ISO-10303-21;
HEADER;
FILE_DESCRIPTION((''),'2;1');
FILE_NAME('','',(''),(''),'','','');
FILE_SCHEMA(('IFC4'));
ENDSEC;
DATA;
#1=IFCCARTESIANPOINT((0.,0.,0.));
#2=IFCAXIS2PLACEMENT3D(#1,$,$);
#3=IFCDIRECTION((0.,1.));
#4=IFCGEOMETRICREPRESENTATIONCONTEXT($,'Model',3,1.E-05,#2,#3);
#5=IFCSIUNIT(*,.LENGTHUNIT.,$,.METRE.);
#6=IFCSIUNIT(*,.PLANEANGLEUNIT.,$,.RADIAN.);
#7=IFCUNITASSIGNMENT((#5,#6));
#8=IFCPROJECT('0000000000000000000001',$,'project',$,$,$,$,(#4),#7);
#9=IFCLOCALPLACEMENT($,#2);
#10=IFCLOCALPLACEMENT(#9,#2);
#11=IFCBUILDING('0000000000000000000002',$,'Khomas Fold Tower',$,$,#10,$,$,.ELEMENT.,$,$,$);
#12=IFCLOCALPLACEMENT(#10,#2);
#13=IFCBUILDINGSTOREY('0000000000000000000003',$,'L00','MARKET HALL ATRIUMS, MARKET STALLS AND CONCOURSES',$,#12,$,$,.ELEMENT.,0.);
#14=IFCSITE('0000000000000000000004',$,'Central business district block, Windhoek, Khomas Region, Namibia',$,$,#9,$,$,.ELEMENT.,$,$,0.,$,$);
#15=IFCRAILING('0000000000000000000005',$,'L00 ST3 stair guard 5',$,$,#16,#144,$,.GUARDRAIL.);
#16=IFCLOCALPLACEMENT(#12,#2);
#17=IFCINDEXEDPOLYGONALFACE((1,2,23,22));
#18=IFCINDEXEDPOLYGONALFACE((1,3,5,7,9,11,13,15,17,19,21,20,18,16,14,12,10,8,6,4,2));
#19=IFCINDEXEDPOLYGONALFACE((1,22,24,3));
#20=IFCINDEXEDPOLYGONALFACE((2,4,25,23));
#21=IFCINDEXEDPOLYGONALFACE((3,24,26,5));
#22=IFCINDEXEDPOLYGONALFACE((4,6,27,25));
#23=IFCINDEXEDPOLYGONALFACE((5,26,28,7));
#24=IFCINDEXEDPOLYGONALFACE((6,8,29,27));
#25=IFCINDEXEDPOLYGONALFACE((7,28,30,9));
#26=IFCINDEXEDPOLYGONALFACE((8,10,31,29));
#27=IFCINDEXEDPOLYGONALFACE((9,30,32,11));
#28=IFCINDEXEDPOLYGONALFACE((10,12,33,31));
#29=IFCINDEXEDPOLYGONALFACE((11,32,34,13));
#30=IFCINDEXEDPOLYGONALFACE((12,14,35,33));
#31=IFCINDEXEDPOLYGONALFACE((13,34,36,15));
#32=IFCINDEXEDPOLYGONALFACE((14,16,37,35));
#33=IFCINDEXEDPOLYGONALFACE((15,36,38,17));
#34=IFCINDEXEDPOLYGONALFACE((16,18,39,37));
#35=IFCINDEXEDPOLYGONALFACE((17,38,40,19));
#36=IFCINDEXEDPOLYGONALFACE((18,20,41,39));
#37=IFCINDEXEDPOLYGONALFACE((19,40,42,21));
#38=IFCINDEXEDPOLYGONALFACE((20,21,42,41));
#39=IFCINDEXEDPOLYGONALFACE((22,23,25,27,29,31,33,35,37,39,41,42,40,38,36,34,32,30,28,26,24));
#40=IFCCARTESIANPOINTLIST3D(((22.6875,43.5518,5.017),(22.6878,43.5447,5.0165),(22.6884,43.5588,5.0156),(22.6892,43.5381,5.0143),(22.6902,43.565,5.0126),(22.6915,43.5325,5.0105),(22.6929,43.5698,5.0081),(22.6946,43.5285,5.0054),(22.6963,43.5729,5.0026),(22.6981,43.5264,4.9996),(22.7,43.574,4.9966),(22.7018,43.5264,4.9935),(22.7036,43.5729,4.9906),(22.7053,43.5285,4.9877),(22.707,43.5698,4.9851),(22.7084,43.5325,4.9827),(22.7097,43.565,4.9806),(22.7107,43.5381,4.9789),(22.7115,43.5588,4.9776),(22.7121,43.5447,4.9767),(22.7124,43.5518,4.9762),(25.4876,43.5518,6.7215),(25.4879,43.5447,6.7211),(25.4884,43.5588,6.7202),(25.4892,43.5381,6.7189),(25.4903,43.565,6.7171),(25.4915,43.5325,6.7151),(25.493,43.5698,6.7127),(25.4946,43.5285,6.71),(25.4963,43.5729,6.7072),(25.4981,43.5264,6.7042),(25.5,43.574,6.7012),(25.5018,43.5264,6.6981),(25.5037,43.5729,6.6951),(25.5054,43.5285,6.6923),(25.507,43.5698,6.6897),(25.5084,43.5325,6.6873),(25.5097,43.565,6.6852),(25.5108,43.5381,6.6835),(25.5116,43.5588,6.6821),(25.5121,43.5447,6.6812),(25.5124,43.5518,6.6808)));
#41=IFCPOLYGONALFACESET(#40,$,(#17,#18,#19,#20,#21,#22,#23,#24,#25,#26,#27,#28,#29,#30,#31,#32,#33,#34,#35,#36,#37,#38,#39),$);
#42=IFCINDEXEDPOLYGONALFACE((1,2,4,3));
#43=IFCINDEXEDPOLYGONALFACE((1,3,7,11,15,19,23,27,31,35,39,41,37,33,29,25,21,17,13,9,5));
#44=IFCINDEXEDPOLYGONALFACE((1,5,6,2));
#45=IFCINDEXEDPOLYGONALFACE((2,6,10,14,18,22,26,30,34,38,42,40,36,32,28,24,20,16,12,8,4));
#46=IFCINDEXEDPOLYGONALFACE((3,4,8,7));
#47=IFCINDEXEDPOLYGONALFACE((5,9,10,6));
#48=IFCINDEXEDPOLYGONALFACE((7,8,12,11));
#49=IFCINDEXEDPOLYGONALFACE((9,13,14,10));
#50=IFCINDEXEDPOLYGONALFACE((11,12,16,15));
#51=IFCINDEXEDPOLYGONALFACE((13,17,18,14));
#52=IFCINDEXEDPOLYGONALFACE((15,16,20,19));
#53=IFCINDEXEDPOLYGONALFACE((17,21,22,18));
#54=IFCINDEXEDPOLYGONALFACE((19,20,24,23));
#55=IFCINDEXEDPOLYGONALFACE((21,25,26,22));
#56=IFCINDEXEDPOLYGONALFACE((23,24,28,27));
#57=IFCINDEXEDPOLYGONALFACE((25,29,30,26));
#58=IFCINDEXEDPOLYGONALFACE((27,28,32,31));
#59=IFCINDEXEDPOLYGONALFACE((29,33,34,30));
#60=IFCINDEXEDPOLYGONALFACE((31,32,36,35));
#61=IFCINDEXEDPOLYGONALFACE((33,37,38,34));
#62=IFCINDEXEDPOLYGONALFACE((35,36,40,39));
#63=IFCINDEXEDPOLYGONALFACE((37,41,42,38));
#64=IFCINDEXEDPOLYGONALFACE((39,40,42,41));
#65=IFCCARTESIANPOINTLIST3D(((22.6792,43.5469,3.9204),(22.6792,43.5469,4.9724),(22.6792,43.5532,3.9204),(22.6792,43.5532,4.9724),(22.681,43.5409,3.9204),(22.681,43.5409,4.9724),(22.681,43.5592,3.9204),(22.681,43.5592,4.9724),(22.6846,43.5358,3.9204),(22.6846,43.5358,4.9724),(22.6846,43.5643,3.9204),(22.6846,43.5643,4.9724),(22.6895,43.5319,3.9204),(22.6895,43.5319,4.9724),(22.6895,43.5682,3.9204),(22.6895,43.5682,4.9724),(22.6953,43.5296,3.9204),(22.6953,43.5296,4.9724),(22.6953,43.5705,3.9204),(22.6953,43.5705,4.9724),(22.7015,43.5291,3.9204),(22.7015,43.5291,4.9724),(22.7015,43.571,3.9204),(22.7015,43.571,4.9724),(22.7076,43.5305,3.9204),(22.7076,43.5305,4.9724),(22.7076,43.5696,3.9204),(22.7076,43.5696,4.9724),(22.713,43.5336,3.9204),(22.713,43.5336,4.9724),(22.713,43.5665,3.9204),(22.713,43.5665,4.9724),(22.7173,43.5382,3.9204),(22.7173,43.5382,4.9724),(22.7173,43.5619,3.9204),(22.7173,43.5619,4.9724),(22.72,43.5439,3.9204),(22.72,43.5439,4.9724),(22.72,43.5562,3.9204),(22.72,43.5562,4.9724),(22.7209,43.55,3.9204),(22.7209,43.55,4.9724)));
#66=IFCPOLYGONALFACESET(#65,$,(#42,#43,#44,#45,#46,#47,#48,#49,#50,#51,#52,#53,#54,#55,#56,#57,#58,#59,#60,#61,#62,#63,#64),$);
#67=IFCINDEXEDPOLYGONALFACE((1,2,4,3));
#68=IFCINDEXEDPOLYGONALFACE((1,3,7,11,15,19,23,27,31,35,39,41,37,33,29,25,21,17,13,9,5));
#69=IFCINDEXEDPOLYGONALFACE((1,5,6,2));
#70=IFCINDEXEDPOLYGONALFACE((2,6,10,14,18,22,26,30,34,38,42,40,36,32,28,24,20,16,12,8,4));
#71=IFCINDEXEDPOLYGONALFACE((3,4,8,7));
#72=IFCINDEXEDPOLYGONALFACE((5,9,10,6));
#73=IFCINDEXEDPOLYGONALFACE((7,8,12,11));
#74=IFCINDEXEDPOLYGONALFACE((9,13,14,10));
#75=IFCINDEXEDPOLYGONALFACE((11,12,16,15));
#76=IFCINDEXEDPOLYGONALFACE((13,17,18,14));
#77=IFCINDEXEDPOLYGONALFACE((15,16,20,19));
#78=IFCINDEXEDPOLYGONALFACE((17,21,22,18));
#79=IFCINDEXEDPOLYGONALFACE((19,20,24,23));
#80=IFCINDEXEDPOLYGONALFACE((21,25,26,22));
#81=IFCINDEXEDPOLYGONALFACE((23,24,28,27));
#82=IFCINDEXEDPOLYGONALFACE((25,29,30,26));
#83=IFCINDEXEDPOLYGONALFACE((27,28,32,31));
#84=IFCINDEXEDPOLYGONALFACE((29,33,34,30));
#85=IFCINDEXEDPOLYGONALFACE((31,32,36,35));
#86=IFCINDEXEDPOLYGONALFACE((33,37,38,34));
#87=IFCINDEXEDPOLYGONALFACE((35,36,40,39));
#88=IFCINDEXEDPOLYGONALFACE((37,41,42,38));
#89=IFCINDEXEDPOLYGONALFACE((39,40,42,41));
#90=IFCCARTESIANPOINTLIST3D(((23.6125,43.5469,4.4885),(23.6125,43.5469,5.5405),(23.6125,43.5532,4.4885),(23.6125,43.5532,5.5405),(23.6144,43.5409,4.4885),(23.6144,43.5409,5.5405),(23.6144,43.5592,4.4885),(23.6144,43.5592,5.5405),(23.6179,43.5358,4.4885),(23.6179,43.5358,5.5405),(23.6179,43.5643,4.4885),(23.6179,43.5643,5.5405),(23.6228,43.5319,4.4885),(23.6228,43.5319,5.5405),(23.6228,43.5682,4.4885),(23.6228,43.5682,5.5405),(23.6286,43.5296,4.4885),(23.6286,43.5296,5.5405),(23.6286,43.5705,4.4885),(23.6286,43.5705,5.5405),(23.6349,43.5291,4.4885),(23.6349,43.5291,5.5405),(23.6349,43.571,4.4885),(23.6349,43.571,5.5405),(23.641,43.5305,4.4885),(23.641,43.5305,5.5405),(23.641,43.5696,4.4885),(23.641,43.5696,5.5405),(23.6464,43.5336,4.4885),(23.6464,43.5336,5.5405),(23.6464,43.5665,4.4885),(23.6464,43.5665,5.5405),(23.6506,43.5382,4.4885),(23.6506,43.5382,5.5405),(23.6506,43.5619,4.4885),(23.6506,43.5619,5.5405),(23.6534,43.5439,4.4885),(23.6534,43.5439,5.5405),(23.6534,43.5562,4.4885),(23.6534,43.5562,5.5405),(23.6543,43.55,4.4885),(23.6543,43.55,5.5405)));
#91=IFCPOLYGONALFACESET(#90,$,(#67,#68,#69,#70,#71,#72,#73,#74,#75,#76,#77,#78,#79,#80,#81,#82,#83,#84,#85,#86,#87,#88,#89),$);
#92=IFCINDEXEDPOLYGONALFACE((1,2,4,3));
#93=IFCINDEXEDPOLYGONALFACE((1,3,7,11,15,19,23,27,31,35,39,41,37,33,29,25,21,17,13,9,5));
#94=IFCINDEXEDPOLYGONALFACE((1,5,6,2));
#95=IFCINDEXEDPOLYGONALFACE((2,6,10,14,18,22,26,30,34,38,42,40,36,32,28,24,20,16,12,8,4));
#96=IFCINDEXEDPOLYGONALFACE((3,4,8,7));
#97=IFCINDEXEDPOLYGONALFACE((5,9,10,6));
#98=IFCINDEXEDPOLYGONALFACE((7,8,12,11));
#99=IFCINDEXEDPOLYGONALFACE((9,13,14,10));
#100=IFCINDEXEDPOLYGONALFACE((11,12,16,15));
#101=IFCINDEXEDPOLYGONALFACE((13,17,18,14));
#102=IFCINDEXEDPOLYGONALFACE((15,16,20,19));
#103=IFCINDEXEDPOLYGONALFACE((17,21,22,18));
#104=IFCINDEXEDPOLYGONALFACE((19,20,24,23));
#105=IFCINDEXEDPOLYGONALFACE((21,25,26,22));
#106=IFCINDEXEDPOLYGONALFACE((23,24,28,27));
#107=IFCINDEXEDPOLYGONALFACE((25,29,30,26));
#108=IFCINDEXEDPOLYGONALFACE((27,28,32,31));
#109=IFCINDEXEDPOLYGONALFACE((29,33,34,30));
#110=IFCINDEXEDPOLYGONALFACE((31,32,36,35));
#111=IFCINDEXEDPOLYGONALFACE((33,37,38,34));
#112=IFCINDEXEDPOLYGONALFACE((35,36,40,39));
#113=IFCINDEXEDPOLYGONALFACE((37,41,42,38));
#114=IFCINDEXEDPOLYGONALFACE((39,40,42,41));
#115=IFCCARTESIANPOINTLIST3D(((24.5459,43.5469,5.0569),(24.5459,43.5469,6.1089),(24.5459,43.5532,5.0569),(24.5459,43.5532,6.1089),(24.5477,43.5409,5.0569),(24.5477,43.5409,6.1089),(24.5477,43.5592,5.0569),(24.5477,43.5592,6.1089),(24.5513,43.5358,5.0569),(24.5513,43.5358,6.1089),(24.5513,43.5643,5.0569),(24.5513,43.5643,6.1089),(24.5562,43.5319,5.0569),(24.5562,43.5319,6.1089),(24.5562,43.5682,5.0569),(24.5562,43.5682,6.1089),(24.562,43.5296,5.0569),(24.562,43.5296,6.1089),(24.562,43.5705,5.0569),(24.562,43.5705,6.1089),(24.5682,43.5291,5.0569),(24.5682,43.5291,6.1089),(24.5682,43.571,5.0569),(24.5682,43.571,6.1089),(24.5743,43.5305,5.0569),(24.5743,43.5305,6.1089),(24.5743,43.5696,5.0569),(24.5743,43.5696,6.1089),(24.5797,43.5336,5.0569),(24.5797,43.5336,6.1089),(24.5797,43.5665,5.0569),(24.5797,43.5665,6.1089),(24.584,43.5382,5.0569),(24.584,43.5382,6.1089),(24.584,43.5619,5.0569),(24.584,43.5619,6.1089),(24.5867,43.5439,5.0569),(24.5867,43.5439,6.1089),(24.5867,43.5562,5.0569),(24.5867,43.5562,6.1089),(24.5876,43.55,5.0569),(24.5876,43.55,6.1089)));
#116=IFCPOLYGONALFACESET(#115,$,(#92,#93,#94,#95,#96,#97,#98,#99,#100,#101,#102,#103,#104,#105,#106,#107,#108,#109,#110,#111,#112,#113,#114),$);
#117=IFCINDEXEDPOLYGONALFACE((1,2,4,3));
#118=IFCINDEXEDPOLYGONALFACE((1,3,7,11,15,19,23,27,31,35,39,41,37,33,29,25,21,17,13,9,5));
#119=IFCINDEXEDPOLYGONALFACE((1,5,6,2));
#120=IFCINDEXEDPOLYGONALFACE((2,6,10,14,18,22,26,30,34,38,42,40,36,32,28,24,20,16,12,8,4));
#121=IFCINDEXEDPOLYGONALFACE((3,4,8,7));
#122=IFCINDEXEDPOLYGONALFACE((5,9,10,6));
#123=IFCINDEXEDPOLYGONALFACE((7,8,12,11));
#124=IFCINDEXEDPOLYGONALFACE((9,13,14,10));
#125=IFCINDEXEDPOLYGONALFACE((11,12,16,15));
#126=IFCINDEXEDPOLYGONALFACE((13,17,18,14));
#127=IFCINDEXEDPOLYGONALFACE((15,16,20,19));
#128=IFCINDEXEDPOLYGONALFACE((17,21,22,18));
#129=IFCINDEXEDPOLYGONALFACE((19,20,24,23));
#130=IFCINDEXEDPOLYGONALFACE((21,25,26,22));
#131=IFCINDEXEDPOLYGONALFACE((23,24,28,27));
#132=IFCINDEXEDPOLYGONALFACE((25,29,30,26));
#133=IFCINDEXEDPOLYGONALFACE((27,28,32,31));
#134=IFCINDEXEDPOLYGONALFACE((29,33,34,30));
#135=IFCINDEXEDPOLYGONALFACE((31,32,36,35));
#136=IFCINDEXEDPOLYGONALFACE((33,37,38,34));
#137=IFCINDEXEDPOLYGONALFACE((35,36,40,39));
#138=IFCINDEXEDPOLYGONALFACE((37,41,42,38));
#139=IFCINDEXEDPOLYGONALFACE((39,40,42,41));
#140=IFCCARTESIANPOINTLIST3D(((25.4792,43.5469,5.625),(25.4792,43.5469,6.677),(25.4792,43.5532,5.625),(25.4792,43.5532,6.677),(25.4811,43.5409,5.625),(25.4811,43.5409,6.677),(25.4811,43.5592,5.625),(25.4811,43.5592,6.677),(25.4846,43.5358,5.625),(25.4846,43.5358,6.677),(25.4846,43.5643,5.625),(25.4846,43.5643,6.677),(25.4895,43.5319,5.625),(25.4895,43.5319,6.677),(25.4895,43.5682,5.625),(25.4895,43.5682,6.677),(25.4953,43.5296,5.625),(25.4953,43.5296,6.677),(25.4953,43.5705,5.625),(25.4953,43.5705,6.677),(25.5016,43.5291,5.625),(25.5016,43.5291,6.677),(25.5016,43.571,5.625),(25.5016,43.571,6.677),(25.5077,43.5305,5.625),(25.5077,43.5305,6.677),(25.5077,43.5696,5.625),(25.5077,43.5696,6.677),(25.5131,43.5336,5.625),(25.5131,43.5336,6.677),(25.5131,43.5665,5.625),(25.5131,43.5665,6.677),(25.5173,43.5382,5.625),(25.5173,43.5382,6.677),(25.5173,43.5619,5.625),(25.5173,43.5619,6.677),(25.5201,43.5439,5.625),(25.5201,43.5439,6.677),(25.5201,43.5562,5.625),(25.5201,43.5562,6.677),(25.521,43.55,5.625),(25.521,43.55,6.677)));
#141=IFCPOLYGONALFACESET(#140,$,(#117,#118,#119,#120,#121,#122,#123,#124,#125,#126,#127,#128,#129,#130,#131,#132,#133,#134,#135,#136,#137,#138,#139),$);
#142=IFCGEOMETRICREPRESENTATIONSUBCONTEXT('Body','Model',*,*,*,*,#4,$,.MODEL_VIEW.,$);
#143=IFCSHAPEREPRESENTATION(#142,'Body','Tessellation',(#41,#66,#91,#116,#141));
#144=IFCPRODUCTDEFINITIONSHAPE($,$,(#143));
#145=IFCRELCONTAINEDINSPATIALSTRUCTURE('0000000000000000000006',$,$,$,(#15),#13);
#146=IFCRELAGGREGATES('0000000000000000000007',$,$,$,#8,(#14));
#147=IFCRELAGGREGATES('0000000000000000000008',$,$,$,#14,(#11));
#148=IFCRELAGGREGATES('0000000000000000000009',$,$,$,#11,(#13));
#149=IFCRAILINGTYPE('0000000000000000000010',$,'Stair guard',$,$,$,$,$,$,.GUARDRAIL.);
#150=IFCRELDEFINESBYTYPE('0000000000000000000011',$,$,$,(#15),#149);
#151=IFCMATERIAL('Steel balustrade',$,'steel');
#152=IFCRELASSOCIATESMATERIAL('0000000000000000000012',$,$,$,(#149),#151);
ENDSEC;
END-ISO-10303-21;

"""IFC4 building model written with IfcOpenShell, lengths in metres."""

from ifc_helpers import new_model, si_unit, direction, frame, origin, origin_2d, place, context, subcontext, project, spatial, circle, extrude, source, transform, mapped, material, type_object, element, save


model = new_model("IFC4")

# Units and contexts
model_context = context("Model", 3, precision=1e-05, world=origin(), true_north=direction((0.0, 1.0)))
body_context = subcontext(model_context, "Body", "Model", "MODEL_VIEW")
ifc_project = project(units=[si_unit("LENGTHUNIT", "METRE"), si_unit("PLANEANGLEUNIT", "RADIAN")], contexts=[model_context])

# Site, building, storey
site_placement = place(None, origin())
site = spatial("IfcSite", under=ifc_project, at=site_placement, Name="Central business district block, Windhoek, Khomas Region, Namibia", CompositionType="ELEMENT", RefElevation=0.0)
building_placement = place(site_placement, origin())
building = spatial("IfcBuilding", under=site, at=building_placement, Name="Khomas Fold Tower", CompositionType="ELEMENT")
storey_placement = place(building_placement, origin())
storey = spatial("IfcBuildingStorey", under=building, at=storey_placement, Name="L00", Description="MARKET HALL ATRIUMS, MARKET STALLS AND CONCOURSES", CompositionType="ELEMENT", Elevation=0.0)

# Railing
ifc_material_1 = material(Name="Steel balustrade", Category="steel")
railing_type_1 = type_object("IfcRailingType", Name="Stair guard", PredefinedType="GUARDRAIL", material=ifc_material_1)
shared_shape_1 = source(origin(), body_context, "Body", "SweptSolid", [
    extrude(circle(Radius=0.0239, at=origin_2d()), frame((0.0, 0.0, 1.0762), z_axis=(0.85417, 0.0, 0.519994), x_axis=(0.0, 1.0, 0.0)), (0.0, 0.0, 1.0), 3.2781),
    extrude(circle(Radius=0.021, at=origin_2d()), origin(), (0.0, 0.0, 1.0), 1.052),
    extrude(circle(Radius=0.021, at=origin_2d()), frame((0.9333, 0.0, 0.5681)), (0.0, 0.0, 1.0), 1.052),
    extrude(circle(Radius=0.021, at=origin_2d()), frame((1.8667, 0.0, 1.1365)), (0.0, 0.0, 1.0), 1.052),
    extrude(circle(Radius=0.021, at=origin_2d()), frame((2.8, 0.0, 1.7046)), (0.0, 0.0, 1.0), 1.052),
])
for number, where, name in (
    (1, (22.7, 43.55, 3.9204), "L00 ST3 stair guard 5"),
):
    element("IfcRailing", number, at=place(storey_placement, frame(where)), inside=storey, type_object=railing_type_1, Name=name, PredefinedType="GUARDRAIL", context=body_context, shape_type="MappedRepresentation", body=[
        mapped(shared_shape_1, transform((0.0, 0.0, 0.0))),
    ])

save(model, "model.ifc")
